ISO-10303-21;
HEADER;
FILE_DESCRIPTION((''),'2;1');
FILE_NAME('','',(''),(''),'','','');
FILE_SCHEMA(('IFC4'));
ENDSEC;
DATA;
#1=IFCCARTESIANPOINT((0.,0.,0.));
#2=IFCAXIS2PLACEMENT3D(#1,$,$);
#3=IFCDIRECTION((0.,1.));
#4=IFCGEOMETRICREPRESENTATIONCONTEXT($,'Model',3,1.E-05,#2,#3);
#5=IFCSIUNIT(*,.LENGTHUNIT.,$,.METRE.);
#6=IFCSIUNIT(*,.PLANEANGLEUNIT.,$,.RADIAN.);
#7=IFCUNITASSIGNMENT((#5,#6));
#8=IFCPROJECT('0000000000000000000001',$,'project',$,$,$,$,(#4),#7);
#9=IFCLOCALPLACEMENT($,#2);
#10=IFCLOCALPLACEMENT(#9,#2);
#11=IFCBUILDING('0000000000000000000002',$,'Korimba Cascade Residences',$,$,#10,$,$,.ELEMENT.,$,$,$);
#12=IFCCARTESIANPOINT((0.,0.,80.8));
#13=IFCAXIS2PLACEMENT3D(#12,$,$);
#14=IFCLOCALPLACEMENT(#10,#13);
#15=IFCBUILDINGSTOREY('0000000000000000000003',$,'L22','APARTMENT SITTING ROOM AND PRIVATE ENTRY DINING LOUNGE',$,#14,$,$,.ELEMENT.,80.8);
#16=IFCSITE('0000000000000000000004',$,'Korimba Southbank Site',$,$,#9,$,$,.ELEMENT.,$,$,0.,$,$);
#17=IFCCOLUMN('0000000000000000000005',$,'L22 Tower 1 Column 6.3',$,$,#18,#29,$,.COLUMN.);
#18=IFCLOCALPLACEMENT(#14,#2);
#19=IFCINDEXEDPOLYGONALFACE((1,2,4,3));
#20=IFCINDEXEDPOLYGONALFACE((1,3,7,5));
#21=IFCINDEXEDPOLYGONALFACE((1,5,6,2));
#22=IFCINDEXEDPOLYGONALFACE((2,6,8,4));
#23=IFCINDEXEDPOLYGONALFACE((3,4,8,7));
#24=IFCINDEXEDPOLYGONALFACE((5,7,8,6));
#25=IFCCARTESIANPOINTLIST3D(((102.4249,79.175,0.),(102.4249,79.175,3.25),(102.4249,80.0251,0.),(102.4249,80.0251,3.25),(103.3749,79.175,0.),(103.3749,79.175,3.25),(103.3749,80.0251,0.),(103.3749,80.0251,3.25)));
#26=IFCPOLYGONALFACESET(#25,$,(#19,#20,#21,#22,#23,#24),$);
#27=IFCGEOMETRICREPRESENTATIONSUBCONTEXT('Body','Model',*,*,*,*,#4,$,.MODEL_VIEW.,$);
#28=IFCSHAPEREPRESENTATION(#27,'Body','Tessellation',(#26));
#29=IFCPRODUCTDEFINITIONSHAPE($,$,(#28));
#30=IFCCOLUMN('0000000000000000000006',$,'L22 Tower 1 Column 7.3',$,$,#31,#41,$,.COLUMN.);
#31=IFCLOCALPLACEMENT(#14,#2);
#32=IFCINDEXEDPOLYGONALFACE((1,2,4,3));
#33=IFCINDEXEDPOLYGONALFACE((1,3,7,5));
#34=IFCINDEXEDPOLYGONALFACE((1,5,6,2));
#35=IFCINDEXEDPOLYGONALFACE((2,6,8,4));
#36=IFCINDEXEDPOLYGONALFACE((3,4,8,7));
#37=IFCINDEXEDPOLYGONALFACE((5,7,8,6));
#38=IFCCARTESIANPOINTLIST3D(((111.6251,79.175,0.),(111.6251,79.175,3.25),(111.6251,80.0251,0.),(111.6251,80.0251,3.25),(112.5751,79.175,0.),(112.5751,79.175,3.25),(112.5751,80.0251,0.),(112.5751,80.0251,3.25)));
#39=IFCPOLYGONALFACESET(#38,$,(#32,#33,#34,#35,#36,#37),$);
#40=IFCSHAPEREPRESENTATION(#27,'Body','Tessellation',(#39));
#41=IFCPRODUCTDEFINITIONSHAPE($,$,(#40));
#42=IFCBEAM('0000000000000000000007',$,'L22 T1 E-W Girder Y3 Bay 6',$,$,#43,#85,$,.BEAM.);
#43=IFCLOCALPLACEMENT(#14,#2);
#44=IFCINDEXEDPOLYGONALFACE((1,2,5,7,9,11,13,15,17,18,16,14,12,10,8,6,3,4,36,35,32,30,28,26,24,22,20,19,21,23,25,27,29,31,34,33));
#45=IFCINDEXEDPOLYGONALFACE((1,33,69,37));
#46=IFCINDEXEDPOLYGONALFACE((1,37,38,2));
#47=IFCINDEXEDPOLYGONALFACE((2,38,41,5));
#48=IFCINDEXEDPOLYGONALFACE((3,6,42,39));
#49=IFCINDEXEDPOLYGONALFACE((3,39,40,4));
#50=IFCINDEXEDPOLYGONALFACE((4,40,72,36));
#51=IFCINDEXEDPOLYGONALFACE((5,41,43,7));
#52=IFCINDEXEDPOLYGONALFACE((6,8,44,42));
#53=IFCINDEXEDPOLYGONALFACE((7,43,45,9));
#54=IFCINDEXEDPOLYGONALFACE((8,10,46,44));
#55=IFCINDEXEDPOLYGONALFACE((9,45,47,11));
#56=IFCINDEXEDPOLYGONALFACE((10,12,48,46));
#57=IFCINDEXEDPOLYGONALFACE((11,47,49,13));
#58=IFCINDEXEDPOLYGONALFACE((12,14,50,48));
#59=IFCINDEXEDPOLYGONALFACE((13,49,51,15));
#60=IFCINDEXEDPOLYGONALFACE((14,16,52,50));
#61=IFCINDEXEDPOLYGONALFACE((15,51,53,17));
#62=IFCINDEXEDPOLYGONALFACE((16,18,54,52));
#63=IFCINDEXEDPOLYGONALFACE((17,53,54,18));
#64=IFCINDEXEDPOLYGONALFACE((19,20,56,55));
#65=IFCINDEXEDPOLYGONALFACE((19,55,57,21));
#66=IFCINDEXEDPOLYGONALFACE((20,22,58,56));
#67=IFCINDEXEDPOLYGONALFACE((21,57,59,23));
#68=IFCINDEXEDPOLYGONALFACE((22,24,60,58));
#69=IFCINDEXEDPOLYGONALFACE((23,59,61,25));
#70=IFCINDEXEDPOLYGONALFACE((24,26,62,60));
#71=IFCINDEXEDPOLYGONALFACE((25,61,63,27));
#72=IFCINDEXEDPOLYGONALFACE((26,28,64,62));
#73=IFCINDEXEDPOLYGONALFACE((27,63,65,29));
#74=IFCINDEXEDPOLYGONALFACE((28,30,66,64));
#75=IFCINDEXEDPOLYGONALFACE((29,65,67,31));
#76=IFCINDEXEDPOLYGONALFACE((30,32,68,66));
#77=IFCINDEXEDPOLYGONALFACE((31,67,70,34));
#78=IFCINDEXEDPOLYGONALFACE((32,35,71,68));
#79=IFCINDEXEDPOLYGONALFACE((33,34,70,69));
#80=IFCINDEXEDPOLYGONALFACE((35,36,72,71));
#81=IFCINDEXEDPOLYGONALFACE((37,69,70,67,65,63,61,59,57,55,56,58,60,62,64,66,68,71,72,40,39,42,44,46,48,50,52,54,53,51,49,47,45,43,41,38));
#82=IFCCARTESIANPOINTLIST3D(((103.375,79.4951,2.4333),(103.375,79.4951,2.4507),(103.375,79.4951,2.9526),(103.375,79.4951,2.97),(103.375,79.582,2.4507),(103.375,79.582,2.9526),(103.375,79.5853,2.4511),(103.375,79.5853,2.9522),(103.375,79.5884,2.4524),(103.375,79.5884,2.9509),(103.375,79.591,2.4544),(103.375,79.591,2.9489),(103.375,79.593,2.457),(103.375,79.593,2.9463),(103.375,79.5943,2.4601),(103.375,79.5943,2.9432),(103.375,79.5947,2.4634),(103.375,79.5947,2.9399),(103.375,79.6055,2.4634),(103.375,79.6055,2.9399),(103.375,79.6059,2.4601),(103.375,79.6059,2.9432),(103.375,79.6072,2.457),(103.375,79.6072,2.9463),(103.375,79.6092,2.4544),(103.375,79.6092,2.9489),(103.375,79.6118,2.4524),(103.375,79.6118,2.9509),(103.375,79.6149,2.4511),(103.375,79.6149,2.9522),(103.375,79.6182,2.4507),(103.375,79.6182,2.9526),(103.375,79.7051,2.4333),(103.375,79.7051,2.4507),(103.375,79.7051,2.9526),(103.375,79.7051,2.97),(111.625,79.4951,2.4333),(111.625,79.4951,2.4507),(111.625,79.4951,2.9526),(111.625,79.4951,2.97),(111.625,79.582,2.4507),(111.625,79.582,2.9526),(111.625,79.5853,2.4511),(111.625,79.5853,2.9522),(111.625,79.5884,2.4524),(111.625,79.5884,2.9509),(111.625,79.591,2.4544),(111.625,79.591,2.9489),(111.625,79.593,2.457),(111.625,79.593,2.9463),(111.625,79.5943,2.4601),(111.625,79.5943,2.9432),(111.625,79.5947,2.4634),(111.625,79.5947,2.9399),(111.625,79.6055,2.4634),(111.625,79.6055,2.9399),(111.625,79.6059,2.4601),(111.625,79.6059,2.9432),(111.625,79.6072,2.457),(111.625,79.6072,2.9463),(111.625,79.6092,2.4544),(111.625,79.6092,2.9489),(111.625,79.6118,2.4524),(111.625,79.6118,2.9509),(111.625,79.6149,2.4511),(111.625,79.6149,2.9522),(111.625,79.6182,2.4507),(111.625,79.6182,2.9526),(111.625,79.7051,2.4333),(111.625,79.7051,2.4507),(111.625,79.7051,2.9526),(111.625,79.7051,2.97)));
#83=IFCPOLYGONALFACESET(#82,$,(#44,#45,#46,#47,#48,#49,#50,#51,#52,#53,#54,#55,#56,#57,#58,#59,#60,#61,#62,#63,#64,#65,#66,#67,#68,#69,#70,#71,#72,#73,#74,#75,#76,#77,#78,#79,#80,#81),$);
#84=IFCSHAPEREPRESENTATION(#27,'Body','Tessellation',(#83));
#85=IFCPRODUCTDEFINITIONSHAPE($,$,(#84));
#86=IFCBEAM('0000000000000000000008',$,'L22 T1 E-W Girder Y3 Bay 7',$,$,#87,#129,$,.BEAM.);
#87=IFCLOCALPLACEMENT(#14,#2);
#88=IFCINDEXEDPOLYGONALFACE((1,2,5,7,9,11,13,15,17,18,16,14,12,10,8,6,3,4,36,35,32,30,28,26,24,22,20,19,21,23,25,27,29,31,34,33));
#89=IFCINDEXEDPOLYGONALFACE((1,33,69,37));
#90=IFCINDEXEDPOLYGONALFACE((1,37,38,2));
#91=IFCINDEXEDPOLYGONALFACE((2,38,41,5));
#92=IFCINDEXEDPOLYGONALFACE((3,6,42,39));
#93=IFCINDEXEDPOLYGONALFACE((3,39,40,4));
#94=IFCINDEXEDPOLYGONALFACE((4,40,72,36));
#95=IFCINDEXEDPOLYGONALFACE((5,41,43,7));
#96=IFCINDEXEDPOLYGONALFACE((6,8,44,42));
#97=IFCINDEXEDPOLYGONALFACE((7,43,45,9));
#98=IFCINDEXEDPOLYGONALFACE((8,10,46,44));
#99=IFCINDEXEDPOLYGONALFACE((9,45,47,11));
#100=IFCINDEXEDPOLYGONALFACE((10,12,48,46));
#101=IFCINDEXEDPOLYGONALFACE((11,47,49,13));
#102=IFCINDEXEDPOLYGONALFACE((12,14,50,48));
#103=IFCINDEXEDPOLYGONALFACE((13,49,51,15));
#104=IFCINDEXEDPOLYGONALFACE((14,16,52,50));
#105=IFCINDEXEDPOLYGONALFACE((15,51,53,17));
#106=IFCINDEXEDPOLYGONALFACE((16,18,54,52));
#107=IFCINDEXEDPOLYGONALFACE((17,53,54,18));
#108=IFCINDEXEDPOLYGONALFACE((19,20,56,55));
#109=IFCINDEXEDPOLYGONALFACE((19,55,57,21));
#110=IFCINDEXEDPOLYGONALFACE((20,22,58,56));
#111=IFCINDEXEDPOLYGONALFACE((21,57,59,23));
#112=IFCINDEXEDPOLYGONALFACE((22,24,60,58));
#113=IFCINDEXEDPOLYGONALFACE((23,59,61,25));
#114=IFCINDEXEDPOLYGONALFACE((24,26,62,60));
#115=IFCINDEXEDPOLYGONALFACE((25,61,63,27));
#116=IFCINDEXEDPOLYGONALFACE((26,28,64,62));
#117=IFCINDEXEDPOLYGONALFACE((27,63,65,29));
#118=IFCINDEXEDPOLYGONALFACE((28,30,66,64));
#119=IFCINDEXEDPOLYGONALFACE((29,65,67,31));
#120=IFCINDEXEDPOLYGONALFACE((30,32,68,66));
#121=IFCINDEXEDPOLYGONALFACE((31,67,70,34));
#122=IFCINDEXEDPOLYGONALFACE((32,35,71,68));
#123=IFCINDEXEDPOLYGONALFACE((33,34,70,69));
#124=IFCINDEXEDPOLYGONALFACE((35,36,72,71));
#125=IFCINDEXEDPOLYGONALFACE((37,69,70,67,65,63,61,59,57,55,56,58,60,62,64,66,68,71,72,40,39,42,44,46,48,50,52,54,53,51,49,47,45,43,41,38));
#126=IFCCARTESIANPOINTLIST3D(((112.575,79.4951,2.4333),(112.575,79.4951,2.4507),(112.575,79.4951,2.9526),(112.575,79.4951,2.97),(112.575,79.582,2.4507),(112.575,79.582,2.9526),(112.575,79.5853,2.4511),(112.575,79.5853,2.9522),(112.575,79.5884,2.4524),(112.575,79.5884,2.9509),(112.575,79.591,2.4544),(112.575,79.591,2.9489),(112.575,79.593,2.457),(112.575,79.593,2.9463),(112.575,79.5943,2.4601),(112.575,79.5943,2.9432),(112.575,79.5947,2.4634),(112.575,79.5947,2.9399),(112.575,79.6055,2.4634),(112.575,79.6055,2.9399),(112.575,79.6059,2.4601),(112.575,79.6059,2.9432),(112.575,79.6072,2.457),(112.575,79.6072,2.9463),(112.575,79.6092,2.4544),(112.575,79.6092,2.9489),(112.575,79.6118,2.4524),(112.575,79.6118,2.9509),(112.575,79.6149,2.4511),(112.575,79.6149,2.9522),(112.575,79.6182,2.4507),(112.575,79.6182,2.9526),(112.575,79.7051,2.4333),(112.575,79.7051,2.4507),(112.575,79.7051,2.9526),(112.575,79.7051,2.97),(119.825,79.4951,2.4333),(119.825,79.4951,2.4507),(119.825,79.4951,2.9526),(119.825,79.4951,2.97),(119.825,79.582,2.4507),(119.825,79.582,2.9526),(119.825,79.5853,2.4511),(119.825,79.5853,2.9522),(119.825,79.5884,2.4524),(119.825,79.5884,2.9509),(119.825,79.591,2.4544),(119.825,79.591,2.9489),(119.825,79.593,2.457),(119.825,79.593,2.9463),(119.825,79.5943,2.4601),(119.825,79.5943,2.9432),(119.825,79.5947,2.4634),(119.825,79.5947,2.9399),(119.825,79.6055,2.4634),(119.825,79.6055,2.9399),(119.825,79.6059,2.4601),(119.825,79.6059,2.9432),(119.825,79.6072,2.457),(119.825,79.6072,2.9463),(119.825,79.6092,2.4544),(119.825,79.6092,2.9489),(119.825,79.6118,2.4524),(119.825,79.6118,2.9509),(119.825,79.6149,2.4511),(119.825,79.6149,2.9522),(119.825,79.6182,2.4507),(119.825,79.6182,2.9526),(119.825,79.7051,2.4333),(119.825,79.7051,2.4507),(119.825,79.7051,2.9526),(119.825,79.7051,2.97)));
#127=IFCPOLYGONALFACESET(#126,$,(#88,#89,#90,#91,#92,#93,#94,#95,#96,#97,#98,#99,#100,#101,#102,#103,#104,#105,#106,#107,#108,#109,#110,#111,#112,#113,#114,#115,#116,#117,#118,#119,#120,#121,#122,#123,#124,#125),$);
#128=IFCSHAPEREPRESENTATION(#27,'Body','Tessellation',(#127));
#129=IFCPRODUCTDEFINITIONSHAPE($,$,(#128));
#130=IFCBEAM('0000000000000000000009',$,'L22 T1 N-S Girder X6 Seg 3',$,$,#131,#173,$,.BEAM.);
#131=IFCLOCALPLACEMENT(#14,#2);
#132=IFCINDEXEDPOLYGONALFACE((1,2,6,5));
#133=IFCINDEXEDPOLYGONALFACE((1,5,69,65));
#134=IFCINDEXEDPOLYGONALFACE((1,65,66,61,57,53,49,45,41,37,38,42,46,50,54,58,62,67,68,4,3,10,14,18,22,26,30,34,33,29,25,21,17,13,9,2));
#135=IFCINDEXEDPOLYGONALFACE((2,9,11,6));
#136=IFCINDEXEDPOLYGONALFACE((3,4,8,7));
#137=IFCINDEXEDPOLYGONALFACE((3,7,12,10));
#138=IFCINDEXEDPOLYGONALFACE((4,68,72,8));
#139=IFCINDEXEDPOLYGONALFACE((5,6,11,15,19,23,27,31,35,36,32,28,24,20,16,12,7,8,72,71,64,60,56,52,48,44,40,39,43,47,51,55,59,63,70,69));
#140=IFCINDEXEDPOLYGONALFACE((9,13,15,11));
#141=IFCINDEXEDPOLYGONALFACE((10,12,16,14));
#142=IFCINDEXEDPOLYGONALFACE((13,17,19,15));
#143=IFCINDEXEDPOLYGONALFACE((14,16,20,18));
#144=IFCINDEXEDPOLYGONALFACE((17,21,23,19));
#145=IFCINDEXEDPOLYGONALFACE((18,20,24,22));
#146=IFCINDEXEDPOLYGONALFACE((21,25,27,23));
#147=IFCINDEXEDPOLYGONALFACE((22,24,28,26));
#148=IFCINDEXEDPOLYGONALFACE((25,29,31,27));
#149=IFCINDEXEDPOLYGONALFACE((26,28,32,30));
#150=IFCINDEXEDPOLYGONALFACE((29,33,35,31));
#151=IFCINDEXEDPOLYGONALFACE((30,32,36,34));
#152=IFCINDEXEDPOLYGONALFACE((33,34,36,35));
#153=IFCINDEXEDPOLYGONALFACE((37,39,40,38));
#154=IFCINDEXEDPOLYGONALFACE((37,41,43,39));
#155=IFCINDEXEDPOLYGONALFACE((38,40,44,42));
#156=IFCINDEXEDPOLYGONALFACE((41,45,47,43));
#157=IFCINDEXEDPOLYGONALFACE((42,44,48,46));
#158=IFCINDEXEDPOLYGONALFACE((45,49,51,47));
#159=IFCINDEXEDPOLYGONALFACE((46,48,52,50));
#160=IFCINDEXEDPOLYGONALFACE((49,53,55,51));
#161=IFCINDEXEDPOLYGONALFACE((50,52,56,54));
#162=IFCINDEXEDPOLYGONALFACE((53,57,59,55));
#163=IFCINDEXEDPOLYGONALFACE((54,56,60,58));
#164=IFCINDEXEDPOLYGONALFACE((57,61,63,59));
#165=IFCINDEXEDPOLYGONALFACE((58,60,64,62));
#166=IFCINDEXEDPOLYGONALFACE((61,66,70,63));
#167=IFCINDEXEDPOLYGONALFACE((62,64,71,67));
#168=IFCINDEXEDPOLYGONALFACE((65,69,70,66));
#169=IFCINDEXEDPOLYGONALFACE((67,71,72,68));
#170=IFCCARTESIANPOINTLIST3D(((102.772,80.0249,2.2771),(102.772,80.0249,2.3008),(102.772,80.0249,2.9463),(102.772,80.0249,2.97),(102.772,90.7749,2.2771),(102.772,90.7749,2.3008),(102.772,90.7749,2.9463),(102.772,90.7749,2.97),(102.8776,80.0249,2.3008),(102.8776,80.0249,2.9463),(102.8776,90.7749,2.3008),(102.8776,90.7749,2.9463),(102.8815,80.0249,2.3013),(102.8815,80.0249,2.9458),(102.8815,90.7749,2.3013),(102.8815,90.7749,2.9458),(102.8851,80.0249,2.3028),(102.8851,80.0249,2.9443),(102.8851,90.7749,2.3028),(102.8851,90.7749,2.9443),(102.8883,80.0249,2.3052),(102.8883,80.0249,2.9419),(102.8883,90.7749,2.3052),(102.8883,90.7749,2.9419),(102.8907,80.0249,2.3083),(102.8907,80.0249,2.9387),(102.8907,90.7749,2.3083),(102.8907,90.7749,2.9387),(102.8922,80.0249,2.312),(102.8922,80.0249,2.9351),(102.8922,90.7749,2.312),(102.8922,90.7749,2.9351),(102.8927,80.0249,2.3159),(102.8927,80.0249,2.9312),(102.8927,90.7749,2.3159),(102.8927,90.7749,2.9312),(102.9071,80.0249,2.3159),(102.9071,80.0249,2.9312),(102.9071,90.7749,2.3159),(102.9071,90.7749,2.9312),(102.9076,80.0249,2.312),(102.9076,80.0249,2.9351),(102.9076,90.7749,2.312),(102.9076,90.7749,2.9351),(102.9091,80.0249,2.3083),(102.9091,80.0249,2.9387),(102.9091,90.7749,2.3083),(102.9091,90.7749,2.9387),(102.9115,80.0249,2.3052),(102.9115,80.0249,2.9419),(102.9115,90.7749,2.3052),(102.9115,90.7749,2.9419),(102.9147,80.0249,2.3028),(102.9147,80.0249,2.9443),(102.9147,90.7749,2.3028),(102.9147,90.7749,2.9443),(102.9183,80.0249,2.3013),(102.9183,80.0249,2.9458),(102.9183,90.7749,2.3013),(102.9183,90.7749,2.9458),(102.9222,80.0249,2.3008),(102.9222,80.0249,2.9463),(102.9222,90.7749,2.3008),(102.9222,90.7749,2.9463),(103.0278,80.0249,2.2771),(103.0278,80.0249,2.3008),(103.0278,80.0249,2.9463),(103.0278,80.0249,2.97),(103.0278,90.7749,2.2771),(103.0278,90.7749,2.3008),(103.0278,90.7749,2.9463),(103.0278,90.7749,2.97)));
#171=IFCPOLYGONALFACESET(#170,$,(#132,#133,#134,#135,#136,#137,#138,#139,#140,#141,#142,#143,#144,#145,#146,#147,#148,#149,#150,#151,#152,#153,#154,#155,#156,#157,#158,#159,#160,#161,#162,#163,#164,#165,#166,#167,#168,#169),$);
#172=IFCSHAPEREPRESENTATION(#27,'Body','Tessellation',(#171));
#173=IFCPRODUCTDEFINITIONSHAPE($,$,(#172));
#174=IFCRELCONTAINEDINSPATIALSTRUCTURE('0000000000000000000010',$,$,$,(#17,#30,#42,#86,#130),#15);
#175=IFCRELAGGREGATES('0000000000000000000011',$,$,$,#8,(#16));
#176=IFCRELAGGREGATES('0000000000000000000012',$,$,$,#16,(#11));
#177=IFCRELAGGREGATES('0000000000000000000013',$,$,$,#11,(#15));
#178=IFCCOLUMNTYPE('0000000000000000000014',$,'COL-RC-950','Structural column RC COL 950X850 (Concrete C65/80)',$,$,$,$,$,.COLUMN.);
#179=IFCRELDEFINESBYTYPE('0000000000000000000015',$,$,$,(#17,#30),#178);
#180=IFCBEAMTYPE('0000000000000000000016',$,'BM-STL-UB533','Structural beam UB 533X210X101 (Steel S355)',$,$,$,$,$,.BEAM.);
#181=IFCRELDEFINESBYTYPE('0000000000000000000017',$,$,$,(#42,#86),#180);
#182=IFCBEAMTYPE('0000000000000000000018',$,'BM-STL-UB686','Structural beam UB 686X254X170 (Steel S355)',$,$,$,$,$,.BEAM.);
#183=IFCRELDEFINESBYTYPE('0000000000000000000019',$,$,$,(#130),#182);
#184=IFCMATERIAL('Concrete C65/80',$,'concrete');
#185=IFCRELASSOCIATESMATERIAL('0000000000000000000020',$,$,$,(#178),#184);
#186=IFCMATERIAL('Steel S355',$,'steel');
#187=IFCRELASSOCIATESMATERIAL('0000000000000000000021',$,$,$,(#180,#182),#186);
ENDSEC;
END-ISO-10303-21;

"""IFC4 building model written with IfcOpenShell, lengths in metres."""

from ifc_helpers import new_model, si_unit, direction, frame, origin, origin_2d, place, context, subcontext, project, spatial, rectangle, i_section, extrude, material, material_profile, profile_set, type_object, element, save


model = new_model("IFC4")

# Units and contexts
model_context = context("Model", 3, precision=1e-05, world=origin(), true_north=direction((0.0, 1.0)))
body_context = subcontext(model_context, "Body", "Model", "MODEL_VIEW")
ifc_project = project(units=[si_unit("LENGTHUNIT", "METRE"), si_unit("PLANEANGLEUNIT", "RADIAN")], contexts=[model_context])

# Site, building, storey
site_placement = place(None, origin())
site = spatial("IfcSite", under=ifc_project, at=site_placement, Name="Korimba Southbank Site", CompositionType="ELEMENT", RefElevation=0.0)
building_placement = place(site_placement, origin())
building = spatial("IfcBuilding", under=site, at=building_placement, Name="Korimba Cascade Residences", CompositionType="ELEMENT")
storey_placement = place(building_placement, frame((0.0, 0.0, 80.8)))
storey = spatial("IfcBuildingStorey", under=building, at=storey_placement, Name="L22", Description="APARTMENT SITTING ROOM AND PRIVATE ENTRY DINING LOUNGE", CompositionType="ELEMENT", Elevation=80.8)

# Columns
ifc_material_1 = material(Name="Concrete C65/80", Category="concrete")
ifc_material_profile_1 = material_profile(ifc_material_1, rectangle(XDim=0.95, YDim=0.8501, at=origin_2d()), Name="Concrete C65/80")
ifc_profile_set_1 = profile_set([ifc_material_profile_1], Name="Concrete C65/80")
column_type = type_object("IfcColumnType", Name="COL-RC-950", Description="Structural column RC COL 950X850 (Concrete C65/80)", PredefinedType="COLUMN", material=ifc_profile_set_1)
for number, where, z_axis, x_axis, name in (
    (1, (102.8999, 79.6001, 0.0), (0.0, 0.0, 1.0), (1.0, 0.0, 0.0), "L22 Tower 1 Column 6.3"),
    (2, (112.1001, 79.6001, 0.0), (0.0, 0.0, 1.0), (1.0, 0.0, 0.0), "L22 Tower 1 Column 7.3"),
):
    element("IfcColumn", number, at=place(storey_placement, frame(where, z_axis=z_axis, x_axis=x_axis)), inside=storey, type_object=column_type, Name=name, PredefinedType="COLUMN", context=body_context, shape_type="SweptSolid", body=[
        extrude(rectangle(XDim=0.95, YDim=0.8501, at=origin_2d()), origin(), (0.0, 0.0, 1.0), 3.25),
    ])

# Beams
ifc_material_2 = material(Name="Steel S355", Category="steel")
ifc_material_profile_2 = material_profile(ifc_material_2, i_section(OverallWidth=0.21, OverallDepth=0.5366, WebThickness=0.0107, FlangeThickness=0.0173, FilletRadius=0.0127, at=origin_2d()), Name="Steel S355")
ifc_profile_set_2 = profile_set([ifc_material_profile_2], Name="Steel S355")
beam_type_1 = type_object("IfcBeamType", Name="BM-STL-UB533", Description="Structural beam UB 533X210X101 (Steel S355)", PredefinedType="BEAM", material=ifc_profile_set_2)
beam_1_placement = place(storey_placement, frame((103.375, 79.6001, 2.7017), z_axis=(1.0, 0.0, 0.0), x_axis=(0.0, 1.0, 0.0)))
element("IfcBeam", 3, at=beam_1_placement, inside=storey, type_object=beam_type_1, Name="L22 T1 E-W Girder Y3 Bay 6", PredefinedType="BEAM", context=body_context, shape_type="SweptSolid", body=[
    extrude(i_section(OverallWidth=0.21, OverallDepth=0.5366, WebThickness=0.0107, FlangeThickness=0.0173, FilletRadius=0.0127, at=origin_2d()), origin(), (0.0, 0.0, 1.0), 8.25),
])
beam_2_placement = place(storey_placement, frame((112.575, 79.6001, 2.7017), z_axis=(1.0, 0.0, 0.0), x_axis=(0.0, 1.0, 0.0)))
element("IfcBeam", 4, at=beam_2_placement, inside=storey, type_object=beam_type_1, Name="L22 T1 E-W Girder Y3 Bay 7", PredefinedType="BEAM", context=body_context, shape_type="SweptSolid", body=[
    extrude(i_section(OverallWidth=0.21, OverallDepth=0.5366, WebThickness=0.0107, FlangeThickness=0.0173, FilletRadius=0.0127, at=origin_2d()), origin(), (0.0, 0.0, 1.0), 7.25),
])
ifc_material_profile_3 = material_profile(ifc_material_2, i_section(OverallWidth=0.2559, OverallDepth=0.6929, WebThickness=0.0144, FlangeThickness=0.0237, FilletRadius=0.0151, at=origin_2d()), Name="Steel S355")
ifc_profile_set_3 = profile_set([ifc_material_profile_3], Name="Steel S355")
beam_type_2 = type_object("IfcBeamType", Name="BM-STL-UB686", Description="Structural beam UB 686X254X170 (Steel S355)", PredefinedType="BEAM", material=ifc_profile_set_3)
for number, where, z_axis, x_axis, name in (
    (5, (102.8999, 80.0249, 2.6235), (0.0, 1.0, 0.0), (-1.0, 0.0, 0.0), "L22 T1 N-S Girder X6 Seg 3"),
):
    element("IfcBeam", number, at=place(storey_placement, frame(where, z_axis=z_axis, x_axis=x_axis)), inside=storey, type_object=beam_type_2, Name=name, PredefinedType="BEAM", context=body_context, shape_type="SweptSolid", body=[
        extrude(i_section(OverallWidth=0.2559, OverallDepth=0.6929, WebThickness=0.0144, FlangeThickness=0.0237, FilletRadius=0.0151, at=origin_2d()), origin(), (0.0, 0.0, 1.0), 10.75),
    ])

save(model, "model.ifc")
